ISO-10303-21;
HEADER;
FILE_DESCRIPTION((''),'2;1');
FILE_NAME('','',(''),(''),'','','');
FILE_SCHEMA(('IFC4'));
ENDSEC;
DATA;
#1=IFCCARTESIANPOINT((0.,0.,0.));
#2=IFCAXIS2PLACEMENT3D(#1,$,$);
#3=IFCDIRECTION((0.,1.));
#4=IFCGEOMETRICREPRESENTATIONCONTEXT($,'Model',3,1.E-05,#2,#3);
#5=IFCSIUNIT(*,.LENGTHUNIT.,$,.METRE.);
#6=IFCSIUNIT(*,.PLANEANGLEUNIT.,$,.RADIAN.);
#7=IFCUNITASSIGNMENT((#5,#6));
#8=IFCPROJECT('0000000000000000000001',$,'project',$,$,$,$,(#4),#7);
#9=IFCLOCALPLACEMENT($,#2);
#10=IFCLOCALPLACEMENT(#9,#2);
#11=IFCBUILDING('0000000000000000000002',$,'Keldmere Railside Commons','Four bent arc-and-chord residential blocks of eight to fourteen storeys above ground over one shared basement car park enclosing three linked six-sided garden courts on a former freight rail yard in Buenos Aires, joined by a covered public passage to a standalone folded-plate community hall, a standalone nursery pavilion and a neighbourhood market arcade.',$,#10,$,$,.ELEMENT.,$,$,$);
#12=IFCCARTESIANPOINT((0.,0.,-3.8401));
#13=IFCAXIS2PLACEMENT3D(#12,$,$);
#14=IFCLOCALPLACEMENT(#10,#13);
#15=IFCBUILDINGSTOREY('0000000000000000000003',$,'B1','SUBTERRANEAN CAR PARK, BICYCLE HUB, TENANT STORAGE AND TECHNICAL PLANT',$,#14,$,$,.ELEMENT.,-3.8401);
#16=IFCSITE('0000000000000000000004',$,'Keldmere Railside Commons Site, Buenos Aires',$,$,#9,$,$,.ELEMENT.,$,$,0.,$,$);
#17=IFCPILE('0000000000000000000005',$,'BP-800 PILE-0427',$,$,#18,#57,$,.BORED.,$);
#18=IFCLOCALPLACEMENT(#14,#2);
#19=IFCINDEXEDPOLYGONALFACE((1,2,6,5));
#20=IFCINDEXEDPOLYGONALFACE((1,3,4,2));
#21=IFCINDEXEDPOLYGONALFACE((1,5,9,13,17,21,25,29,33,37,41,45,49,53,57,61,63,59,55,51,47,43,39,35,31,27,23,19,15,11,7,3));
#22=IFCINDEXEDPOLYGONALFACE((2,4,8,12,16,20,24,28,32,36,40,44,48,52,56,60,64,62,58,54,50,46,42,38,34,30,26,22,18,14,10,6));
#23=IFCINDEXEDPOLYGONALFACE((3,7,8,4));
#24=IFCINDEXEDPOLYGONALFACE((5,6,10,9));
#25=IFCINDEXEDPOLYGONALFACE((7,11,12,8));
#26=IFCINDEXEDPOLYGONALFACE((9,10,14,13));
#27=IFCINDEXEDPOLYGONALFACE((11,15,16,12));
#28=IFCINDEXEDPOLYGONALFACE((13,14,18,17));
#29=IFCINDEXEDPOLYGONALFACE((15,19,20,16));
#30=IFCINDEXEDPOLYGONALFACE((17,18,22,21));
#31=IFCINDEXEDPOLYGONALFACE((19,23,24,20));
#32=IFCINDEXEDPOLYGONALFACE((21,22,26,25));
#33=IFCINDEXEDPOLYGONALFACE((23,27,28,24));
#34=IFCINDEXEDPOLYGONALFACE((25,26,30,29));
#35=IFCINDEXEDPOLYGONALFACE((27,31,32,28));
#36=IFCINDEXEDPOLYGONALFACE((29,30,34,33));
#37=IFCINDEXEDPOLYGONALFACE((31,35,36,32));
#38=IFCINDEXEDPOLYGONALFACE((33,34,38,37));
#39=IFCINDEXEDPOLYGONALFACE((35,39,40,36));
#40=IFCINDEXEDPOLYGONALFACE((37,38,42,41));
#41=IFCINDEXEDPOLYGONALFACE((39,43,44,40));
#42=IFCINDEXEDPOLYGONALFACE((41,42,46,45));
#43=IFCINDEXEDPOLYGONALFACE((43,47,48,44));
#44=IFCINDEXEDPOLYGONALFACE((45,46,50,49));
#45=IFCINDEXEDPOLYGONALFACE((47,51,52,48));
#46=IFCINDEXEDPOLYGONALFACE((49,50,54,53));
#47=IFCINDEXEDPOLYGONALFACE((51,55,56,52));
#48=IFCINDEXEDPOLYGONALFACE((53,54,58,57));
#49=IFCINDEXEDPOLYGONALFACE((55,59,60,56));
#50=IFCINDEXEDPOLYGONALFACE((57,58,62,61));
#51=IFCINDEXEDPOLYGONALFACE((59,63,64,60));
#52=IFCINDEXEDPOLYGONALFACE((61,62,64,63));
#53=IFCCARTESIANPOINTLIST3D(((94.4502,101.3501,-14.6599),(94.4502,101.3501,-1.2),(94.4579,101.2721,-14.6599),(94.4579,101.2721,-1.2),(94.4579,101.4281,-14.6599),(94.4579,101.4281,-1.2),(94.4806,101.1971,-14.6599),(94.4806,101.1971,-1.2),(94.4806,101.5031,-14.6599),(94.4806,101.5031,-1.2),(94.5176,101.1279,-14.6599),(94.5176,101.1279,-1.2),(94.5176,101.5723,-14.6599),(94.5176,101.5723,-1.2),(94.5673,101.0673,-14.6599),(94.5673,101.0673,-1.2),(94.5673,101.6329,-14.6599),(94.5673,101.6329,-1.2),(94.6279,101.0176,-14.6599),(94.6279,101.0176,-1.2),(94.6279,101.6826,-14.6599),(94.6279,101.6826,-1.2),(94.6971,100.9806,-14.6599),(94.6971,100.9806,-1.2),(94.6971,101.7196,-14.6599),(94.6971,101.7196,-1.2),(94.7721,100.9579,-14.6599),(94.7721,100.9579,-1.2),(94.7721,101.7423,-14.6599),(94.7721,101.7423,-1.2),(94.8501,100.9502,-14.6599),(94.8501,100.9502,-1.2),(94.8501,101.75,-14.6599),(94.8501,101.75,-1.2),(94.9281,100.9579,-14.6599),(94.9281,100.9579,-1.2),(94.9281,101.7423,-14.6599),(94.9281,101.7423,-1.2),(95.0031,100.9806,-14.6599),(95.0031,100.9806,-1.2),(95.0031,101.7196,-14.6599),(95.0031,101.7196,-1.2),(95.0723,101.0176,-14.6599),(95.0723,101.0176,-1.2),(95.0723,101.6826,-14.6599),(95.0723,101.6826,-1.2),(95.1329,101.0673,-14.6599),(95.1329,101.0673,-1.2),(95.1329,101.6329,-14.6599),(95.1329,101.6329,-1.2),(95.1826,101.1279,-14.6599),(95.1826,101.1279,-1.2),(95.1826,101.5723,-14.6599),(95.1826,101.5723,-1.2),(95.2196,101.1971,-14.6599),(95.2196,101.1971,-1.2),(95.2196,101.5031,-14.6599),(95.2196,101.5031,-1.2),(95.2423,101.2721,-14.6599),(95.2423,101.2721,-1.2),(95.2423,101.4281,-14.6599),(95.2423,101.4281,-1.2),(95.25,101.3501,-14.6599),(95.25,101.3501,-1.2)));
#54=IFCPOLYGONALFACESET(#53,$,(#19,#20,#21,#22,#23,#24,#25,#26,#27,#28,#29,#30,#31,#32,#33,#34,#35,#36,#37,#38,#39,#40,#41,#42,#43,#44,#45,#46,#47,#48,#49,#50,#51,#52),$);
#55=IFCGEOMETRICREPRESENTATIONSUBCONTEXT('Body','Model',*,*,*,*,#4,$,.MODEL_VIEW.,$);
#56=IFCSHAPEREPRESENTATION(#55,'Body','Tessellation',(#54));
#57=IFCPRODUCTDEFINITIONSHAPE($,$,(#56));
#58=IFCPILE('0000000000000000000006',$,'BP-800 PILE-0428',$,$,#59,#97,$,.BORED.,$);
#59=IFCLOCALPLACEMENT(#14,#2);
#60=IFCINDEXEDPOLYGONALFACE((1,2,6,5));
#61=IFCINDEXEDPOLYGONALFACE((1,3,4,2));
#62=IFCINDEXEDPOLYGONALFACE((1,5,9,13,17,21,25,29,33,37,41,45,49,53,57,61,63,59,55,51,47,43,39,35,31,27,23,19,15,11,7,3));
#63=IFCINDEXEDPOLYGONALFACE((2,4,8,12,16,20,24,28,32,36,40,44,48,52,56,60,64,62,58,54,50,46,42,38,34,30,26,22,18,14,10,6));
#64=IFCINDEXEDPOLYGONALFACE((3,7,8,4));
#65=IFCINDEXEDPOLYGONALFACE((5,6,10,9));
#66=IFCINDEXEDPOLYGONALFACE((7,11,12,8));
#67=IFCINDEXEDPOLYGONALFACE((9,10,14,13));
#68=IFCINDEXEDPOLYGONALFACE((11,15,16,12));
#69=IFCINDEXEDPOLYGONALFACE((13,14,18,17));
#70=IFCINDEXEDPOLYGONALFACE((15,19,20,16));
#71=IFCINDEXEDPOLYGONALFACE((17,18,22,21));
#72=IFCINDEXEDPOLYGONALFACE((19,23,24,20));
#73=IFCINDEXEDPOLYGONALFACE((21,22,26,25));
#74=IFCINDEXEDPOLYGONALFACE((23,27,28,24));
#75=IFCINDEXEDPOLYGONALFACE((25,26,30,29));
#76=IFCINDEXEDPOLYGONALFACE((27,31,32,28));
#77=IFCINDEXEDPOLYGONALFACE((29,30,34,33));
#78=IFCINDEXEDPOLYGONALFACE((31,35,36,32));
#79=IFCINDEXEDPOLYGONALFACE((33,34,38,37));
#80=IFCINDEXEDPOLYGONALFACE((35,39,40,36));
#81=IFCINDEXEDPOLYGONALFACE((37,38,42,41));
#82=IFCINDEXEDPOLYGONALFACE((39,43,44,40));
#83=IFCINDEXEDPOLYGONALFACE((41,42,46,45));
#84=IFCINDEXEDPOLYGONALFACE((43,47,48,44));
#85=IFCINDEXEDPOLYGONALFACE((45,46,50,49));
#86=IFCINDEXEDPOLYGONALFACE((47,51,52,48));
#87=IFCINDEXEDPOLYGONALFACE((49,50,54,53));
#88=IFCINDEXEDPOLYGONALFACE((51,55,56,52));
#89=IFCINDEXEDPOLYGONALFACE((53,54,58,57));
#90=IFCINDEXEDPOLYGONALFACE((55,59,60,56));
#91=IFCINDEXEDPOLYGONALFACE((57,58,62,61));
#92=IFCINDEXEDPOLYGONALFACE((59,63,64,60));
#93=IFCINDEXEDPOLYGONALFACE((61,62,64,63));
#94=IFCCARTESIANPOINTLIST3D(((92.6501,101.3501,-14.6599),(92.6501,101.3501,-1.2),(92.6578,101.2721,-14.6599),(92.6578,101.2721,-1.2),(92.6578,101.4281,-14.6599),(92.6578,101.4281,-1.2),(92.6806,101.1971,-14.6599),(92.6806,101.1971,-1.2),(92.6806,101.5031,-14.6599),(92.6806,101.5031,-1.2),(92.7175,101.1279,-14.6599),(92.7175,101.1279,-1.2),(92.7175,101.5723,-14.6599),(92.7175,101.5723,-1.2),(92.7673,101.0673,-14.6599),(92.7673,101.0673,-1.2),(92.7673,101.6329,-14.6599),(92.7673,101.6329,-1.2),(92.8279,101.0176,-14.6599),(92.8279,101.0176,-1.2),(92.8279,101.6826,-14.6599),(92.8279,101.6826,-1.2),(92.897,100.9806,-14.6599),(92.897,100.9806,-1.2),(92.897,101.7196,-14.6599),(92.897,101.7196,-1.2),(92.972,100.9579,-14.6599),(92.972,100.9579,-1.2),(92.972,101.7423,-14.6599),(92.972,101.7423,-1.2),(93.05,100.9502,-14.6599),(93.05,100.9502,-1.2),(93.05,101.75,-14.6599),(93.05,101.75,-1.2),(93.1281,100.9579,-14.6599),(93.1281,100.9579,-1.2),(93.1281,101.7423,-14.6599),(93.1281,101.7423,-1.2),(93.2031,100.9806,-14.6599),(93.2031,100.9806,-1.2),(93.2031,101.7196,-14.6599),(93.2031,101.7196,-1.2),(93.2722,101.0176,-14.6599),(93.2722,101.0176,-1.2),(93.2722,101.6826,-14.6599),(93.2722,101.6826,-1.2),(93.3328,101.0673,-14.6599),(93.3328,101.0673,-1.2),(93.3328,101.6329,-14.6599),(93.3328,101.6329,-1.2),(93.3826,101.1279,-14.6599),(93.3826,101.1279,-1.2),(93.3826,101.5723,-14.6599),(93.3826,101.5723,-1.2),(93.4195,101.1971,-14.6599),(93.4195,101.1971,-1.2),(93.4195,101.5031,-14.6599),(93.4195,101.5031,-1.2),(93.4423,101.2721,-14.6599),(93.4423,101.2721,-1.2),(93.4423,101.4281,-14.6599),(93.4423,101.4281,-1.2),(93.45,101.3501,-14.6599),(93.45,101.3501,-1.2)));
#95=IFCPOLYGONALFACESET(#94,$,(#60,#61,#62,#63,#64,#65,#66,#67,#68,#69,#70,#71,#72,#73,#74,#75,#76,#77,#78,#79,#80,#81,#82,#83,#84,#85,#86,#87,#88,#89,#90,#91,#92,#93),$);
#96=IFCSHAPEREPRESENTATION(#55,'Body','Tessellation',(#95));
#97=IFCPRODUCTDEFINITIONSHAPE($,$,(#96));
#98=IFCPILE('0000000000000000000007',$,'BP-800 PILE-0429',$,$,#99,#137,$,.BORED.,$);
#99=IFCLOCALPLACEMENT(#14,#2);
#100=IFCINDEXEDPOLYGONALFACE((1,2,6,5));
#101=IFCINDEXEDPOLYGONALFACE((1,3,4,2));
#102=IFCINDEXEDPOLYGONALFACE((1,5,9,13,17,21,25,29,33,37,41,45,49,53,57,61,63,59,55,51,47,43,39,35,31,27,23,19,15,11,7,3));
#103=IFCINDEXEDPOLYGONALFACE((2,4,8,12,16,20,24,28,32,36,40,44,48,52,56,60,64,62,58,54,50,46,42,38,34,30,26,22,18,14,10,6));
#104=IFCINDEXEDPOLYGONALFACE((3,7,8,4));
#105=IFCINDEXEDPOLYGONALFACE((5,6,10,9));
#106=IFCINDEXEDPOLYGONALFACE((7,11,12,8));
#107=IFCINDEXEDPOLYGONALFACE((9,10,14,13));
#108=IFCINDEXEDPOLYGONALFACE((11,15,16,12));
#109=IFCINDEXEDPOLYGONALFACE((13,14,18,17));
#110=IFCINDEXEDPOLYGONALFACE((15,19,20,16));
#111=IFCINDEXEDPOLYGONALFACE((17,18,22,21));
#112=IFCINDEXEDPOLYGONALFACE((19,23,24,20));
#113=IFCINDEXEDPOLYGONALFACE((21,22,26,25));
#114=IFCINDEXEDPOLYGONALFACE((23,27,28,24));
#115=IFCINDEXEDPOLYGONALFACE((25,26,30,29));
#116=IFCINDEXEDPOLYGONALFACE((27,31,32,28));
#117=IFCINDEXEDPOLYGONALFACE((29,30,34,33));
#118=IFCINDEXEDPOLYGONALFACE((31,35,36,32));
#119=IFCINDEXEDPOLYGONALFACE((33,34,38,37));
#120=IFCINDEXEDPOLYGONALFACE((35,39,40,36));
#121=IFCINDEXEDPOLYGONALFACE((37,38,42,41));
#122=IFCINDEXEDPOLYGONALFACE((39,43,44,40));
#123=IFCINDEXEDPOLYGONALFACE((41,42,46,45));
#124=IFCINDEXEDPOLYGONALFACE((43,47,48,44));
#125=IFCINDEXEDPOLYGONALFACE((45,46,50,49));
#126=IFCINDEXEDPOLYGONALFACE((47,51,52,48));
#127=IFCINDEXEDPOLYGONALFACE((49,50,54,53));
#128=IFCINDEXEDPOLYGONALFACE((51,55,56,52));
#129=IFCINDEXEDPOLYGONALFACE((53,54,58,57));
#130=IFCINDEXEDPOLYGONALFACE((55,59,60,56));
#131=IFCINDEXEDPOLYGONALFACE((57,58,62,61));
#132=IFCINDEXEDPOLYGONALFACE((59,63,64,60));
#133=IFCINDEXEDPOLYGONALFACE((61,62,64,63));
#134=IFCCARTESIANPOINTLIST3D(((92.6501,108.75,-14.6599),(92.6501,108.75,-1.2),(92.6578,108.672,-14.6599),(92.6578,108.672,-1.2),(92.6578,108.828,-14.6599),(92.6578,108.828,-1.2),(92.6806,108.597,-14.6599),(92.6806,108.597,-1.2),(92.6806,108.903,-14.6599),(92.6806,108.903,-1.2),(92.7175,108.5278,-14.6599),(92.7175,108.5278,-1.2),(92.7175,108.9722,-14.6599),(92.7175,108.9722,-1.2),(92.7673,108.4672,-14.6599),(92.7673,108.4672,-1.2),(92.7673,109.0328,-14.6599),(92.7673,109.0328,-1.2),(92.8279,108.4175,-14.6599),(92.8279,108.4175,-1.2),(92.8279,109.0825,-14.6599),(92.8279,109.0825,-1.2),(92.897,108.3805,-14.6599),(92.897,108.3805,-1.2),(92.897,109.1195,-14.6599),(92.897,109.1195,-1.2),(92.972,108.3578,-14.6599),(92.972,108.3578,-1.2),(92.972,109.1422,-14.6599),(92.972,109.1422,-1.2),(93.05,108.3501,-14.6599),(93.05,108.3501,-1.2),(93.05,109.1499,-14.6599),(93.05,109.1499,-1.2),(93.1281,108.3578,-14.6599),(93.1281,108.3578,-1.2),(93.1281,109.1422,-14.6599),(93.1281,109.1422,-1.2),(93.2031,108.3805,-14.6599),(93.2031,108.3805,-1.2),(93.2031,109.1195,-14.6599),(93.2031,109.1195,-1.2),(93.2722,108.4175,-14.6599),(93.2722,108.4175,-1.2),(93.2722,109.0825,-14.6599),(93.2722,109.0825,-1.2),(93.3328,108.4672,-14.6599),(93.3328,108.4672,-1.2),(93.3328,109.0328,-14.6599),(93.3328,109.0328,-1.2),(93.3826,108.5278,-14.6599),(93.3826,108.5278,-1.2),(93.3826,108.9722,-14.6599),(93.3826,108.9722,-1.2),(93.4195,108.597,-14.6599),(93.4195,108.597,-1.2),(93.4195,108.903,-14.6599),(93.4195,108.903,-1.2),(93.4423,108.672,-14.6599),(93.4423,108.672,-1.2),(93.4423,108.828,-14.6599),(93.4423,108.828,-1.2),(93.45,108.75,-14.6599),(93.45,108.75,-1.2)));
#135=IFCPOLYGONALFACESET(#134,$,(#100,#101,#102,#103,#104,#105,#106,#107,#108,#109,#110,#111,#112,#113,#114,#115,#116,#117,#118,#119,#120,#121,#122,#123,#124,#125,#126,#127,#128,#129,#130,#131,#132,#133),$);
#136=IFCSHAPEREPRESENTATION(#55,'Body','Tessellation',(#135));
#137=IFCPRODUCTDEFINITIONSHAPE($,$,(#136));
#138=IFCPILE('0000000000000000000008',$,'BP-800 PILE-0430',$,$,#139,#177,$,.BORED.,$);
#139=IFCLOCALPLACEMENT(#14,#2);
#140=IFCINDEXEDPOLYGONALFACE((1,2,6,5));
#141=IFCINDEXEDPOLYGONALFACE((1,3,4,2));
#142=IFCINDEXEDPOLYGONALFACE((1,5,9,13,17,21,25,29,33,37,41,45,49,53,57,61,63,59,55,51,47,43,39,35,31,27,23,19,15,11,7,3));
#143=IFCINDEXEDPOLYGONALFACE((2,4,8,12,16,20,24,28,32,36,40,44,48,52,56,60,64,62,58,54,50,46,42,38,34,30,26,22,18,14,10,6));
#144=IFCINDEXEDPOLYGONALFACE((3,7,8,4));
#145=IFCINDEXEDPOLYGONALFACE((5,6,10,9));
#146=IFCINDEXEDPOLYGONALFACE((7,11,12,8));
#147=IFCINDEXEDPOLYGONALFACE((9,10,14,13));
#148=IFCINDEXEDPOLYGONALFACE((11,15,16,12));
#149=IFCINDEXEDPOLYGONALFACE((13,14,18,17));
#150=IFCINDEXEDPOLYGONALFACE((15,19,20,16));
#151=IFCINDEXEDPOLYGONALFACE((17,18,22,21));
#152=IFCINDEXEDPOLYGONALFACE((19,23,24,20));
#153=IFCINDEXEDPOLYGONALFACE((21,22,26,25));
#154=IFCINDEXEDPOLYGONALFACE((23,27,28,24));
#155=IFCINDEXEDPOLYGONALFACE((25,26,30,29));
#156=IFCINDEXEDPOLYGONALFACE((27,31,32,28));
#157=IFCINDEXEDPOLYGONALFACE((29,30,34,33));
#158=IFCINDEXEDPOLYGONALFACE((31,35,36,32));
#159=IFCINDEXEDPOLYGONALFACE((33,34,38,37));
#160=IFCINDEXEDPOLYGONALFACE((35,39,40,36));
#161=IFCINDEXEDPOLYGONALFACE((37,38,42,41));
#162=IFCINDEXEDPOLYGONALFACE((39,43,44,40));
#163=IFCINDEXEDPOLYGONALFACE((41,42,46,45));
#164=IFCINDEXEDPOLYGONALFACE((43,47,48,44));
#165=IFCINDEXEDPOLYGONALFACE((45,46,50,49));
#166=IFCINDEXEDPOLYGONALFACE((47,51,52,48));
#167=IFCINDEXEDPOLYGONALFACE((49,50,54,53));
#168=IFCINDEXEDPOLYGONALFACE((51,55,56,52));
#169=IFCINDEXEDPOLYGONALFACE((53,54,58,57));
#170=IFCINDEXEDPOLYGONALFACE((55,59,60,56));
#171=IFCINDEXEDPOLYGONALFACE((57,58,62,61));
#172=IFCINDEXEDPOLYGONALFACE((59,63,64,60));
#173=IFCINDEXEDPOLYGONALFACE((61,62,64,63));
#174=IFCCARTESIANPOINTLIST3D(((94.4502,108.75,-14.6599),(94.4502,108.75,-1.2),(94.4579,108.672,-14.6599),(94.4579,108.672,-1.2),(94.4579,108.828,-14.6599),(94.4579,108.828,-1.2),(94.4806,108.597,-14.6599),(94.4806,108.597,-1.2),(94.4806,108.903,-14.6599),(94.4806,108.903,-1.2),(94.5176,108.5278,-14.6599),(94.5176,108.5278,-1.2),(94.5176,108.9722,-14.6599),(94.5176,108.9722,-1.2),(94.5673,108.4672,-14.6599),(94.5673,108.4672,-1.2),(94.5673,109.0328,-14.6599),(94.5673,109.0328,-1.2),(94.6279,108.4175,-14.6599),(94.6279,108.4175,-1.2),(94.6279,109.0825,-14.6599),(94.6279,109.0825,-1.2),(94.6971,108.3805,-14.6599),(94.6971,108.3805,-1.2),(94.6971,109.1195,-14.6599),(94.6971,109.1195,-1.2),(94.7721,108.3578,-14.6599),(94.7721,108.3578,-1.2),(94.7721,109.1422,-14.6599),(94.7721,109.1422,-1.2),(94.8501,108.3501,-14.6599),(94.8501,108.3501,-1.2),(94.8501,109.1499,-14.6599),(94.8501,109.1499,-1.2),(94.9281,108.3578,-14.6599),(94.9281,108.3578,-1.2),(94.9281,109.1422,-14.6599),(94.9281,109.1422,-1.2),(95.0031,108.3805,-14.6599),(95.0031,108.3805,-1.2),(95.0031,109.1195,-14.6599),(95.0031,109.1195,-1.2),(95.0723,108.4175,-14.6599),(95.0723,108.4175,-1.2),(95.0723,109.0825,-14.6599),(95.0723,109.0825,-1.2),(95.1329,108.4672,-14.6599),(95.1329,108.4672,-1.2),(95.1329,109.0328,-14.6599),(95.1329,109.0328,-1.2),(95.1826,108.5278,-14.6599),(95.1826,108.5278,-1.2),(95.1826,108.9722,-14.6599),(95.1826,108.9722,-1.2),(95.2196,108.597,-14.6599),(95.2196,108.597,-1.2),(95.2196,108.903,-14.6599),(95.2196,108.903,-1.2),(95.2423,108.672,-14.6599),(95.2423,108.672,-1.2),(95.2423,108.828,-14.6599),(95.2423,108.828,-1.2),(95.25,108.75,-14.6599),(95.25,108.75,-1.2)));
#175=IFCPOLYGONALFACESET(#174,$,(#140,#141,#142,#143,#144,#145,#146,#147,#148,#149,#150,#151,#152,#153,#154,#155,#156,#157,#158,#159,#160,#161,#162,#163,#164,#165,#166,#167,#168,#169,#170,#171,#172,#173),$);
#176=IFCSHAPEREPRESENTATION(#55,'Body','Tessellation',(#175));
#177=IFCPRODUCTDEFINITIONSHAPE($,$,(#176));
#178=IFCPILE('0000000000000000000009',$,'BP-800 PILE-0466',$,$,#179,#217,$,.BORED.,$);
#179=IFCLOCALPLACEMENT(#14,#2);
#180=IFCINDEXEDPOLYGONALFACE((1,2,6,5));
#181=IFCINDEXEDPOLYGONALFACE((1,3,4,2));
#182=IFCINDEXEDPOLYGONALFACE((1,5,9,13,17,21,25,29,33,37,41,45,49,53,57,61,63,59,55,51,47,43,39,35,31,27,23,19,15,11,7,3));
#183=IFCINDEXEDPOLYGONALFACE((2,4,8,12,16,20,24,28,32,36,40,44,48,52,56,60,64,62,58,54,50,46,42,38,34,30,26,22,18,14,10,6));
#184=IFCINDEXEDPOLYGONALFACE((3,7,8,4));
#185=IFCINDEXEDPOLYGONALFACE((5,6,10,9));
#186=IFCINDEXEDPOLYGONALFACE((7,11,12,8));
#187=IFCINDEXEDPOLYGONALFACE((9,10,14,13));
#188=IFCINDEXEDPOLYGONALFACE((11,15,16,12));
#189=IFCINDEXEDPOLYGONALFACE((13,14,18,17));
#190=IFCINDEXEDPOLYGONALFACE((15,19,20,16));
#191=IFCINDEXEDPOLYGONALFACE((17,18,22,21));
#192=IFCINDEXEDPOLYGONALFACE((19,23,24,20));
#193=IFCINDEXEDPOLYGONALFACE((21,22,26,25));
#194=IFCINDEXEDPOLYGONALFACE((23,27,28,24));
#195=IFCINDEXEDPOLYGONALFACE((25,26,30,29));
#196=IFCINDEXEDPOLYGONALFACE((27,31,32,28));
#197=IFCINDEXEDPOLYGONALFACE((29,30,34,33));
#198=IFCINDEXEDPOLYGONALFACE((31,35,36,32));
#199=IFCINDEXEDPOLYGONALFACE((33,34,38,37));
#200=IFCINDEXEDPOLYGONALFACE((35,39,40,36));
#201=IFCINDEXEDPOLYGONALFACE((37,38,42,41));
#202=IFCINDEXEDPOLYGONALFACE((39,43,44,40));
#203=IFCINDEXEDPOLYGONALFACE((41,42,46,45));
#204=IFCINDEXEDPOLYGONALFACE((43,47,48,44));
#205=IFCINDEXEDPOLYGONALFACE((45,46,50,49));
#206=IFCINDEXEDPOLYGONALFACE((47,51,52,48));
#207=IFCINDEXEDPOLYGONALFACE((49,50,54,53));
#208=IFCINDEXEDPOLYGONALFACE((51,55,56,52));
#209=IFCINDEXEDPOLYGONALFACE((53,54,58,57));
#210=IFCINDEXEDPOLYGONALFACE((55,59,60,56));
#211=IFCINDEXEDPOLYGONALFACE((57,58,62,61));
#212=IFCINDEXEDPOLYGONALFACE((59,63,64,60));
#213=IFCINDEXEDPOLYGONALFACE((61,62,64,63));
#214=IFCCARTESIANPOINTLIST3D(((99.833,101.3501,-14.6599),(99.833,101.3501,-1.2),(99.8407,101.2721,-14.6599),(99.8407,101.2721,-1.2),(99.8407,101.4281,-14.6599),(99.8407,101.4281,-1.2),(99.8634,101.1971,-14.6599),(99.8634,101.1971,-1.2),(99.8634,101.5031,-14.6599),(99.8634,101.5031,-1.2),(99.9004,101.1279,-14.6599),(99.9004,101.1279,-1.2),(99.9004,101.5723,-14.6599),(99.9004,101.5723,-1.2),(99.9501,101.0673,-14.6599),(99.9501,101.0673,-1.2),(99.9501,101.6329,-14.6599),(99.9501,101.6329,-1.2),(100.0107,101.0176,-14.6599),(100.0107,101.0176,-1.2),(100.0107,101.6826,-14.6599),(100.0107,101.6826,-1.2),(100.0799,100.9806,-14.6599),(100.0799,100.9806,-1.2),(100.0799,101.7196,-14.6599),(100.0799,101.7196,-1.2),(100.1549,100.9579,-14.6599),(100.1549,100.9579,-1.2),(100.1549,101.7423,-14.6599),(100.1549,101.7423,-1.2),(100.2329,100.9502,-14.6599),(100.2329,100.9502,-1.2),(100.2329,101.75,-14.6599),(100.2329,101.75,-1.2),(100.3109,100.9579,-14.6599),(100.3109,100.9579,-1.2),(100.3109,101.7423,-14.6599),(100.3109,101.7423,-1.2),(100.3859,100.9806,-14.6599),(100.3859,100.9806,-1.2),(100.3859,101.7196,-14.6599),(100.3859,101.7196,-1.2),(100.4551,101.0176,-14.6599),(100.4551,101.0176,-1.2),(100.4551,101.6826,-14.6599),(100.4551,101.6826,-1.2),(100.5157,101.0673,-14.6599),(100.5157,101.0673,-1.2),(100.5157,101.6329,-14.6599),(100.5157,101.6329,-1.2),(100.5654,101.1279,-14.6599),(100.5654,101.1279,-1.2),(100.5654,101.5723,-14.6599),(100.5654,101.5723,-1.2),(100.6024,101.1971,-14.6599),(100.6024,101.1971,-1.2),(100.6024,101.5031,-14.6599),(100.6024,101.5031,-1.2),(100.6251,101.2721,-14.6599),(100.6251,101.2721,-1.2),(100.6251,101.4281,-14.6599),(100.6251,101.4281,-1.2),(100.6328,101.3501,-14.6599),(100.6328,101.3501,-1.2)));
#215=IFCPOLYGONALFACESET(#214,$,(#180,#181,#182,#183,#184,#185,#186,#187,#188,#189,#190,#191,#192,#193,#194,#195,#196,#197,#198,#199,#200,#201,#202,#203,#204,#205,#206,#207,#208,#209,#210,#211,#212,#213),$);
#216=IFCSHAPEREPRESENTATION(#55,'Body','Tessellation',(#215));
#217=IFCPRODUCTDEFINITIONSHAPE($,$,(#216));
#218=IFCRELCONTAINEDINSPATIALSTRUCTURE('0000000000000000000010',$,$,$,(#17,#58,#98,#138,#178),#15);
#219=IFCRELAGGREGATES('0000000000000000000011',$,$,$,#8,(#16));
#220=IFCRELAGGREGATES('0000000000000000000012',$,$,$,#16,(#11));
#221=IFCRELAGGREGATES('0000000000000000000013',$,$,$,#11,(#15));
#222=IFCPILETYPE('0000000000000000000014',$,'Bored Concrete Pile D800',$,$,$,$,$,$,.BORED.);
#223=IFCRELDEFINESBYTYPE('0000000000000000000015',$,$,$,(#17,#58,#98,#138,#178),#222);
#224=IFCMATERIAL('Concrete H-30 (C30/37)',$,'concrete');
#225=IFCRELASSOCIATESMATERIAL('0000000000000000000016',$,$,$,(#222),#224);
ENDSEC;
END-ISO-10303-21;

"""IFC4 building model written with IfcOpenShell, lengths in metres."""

from ifc_helpers import new_model, si_unit, direction, frame, origin, origin_2d, place, context, subcontext, project, spatial, circle, extrude, material, material_profile, profile_set, type_object, element, save


model = new_model("IFC4")

# Units and contexts
model_context = context("Model", 3, precision=1e-05, world=origin(), true_north=direction((0.0, 1.0)))
body_context = subcontext(model_context, "Body", "Model", "MODEL_VIEW")
ifc_project = project(units=[si_unit("LENGTHUNIT", "METRE"), si_unit("PLANEANGLEUNIT", "RADIAN")], contexts=[model_context])

# Site, building, storey
site_placement = place(None, origin())
site = spatial("IfcSite", under=ifc_project, at=site_placement, Name="Keldmere Railside Commons Site, Buenos Aires", CompositionType="ELEMENT", RefElevation=0.0)
building_placement = place(site_placement, origin())
building = spatial("IfcBuilding", under=site, at=building_placement, Name="Keldmere Railside Commons", Description="Four bent arc-and-chord residential blocks of eight to fourteen storeys above ground over one shared basement car park enclosing three linked six-sided garden courts on a former freight rail yard in Buenos Aires, joined by a covered public passage to a standalone folded-plate community hall, a standalone nursery pavilion and a neighbourhood market arcade.", CompositionType="ELEMENT")
storey_placement = place(building_placement, frame((0.0, 0.0, -3.8401)))
storey = spatial("IfcBuildingStorey", under=building, at=storey_placement, Name="B1", Description="SUBTERRANEAN CAR PARK, BICYCLE HUB, TENANT STORAGE AND TECHNICAL PLANT", CompositionType="ELEMENT", Elevation=-3.8401)

# Piles
ifc_material_1 = material(Name="Concrete H-30 (C30/37)", Category="concrete")
ifc_material_profile_1 = material_profile(ifc_material_1, circle(Radius=0.3999, at=origin_2d()), Name="PILE-D800")
ifc_profile_set_1 = profile_set([ifc_material_profile_1], Name="Concrete H-30 (C30/37)")
pile_type = type_object("IfcPileType", Name="Bored Concrete Pile D800", PredefinedType="BORED", material=ifc_profile_set_1)
for number, where, z_axis, x_axis, name in (
    (1, (94.8501, 101.3501, -1.2), (0.0, 0.0, -1.0), (1.0, 0.0, 0.0), "BP-800 PILE-0427"),
    (2, (93.05, 101.3501, -1.2), (0.0, 0.0, -1.0), (1.0, 0.0, 0.0), "BP-800 PILE-0428"),
    (3, (93.05, 108.75, -1.2), (0.0, 0.0, -1.0), (1.0, 0.0, 0.0), "BP-800 PILE-0429"),
    (4, (94.8501, 108.75, -1.2), (0.0, 0.0, -1.0), (1.0, 0.0, 0.0), "BP-800 PILE-0430"),
    (5, (100.2329, 101.3501, -1.2), (0.0, 0.0, -1.0), (1.0, 0.0, 0.0), "BP-800 PILE-0466"),
):
    element("IfcPile", number, at=place(storey_placement, frame(where, z_axis=z_axis, x_axis=x_axis)), inside=storey, type_object=pile_type, Name=name, PredefinedType="BORED", context=body_context, shape_type="SweptSolid", body=[
        extrude(circle(Radius=0.3999, at=origin_2d()), origin(), (0.0, 0.0, 1.0), 13.46),
    ])

save(model, "model.ifc")
